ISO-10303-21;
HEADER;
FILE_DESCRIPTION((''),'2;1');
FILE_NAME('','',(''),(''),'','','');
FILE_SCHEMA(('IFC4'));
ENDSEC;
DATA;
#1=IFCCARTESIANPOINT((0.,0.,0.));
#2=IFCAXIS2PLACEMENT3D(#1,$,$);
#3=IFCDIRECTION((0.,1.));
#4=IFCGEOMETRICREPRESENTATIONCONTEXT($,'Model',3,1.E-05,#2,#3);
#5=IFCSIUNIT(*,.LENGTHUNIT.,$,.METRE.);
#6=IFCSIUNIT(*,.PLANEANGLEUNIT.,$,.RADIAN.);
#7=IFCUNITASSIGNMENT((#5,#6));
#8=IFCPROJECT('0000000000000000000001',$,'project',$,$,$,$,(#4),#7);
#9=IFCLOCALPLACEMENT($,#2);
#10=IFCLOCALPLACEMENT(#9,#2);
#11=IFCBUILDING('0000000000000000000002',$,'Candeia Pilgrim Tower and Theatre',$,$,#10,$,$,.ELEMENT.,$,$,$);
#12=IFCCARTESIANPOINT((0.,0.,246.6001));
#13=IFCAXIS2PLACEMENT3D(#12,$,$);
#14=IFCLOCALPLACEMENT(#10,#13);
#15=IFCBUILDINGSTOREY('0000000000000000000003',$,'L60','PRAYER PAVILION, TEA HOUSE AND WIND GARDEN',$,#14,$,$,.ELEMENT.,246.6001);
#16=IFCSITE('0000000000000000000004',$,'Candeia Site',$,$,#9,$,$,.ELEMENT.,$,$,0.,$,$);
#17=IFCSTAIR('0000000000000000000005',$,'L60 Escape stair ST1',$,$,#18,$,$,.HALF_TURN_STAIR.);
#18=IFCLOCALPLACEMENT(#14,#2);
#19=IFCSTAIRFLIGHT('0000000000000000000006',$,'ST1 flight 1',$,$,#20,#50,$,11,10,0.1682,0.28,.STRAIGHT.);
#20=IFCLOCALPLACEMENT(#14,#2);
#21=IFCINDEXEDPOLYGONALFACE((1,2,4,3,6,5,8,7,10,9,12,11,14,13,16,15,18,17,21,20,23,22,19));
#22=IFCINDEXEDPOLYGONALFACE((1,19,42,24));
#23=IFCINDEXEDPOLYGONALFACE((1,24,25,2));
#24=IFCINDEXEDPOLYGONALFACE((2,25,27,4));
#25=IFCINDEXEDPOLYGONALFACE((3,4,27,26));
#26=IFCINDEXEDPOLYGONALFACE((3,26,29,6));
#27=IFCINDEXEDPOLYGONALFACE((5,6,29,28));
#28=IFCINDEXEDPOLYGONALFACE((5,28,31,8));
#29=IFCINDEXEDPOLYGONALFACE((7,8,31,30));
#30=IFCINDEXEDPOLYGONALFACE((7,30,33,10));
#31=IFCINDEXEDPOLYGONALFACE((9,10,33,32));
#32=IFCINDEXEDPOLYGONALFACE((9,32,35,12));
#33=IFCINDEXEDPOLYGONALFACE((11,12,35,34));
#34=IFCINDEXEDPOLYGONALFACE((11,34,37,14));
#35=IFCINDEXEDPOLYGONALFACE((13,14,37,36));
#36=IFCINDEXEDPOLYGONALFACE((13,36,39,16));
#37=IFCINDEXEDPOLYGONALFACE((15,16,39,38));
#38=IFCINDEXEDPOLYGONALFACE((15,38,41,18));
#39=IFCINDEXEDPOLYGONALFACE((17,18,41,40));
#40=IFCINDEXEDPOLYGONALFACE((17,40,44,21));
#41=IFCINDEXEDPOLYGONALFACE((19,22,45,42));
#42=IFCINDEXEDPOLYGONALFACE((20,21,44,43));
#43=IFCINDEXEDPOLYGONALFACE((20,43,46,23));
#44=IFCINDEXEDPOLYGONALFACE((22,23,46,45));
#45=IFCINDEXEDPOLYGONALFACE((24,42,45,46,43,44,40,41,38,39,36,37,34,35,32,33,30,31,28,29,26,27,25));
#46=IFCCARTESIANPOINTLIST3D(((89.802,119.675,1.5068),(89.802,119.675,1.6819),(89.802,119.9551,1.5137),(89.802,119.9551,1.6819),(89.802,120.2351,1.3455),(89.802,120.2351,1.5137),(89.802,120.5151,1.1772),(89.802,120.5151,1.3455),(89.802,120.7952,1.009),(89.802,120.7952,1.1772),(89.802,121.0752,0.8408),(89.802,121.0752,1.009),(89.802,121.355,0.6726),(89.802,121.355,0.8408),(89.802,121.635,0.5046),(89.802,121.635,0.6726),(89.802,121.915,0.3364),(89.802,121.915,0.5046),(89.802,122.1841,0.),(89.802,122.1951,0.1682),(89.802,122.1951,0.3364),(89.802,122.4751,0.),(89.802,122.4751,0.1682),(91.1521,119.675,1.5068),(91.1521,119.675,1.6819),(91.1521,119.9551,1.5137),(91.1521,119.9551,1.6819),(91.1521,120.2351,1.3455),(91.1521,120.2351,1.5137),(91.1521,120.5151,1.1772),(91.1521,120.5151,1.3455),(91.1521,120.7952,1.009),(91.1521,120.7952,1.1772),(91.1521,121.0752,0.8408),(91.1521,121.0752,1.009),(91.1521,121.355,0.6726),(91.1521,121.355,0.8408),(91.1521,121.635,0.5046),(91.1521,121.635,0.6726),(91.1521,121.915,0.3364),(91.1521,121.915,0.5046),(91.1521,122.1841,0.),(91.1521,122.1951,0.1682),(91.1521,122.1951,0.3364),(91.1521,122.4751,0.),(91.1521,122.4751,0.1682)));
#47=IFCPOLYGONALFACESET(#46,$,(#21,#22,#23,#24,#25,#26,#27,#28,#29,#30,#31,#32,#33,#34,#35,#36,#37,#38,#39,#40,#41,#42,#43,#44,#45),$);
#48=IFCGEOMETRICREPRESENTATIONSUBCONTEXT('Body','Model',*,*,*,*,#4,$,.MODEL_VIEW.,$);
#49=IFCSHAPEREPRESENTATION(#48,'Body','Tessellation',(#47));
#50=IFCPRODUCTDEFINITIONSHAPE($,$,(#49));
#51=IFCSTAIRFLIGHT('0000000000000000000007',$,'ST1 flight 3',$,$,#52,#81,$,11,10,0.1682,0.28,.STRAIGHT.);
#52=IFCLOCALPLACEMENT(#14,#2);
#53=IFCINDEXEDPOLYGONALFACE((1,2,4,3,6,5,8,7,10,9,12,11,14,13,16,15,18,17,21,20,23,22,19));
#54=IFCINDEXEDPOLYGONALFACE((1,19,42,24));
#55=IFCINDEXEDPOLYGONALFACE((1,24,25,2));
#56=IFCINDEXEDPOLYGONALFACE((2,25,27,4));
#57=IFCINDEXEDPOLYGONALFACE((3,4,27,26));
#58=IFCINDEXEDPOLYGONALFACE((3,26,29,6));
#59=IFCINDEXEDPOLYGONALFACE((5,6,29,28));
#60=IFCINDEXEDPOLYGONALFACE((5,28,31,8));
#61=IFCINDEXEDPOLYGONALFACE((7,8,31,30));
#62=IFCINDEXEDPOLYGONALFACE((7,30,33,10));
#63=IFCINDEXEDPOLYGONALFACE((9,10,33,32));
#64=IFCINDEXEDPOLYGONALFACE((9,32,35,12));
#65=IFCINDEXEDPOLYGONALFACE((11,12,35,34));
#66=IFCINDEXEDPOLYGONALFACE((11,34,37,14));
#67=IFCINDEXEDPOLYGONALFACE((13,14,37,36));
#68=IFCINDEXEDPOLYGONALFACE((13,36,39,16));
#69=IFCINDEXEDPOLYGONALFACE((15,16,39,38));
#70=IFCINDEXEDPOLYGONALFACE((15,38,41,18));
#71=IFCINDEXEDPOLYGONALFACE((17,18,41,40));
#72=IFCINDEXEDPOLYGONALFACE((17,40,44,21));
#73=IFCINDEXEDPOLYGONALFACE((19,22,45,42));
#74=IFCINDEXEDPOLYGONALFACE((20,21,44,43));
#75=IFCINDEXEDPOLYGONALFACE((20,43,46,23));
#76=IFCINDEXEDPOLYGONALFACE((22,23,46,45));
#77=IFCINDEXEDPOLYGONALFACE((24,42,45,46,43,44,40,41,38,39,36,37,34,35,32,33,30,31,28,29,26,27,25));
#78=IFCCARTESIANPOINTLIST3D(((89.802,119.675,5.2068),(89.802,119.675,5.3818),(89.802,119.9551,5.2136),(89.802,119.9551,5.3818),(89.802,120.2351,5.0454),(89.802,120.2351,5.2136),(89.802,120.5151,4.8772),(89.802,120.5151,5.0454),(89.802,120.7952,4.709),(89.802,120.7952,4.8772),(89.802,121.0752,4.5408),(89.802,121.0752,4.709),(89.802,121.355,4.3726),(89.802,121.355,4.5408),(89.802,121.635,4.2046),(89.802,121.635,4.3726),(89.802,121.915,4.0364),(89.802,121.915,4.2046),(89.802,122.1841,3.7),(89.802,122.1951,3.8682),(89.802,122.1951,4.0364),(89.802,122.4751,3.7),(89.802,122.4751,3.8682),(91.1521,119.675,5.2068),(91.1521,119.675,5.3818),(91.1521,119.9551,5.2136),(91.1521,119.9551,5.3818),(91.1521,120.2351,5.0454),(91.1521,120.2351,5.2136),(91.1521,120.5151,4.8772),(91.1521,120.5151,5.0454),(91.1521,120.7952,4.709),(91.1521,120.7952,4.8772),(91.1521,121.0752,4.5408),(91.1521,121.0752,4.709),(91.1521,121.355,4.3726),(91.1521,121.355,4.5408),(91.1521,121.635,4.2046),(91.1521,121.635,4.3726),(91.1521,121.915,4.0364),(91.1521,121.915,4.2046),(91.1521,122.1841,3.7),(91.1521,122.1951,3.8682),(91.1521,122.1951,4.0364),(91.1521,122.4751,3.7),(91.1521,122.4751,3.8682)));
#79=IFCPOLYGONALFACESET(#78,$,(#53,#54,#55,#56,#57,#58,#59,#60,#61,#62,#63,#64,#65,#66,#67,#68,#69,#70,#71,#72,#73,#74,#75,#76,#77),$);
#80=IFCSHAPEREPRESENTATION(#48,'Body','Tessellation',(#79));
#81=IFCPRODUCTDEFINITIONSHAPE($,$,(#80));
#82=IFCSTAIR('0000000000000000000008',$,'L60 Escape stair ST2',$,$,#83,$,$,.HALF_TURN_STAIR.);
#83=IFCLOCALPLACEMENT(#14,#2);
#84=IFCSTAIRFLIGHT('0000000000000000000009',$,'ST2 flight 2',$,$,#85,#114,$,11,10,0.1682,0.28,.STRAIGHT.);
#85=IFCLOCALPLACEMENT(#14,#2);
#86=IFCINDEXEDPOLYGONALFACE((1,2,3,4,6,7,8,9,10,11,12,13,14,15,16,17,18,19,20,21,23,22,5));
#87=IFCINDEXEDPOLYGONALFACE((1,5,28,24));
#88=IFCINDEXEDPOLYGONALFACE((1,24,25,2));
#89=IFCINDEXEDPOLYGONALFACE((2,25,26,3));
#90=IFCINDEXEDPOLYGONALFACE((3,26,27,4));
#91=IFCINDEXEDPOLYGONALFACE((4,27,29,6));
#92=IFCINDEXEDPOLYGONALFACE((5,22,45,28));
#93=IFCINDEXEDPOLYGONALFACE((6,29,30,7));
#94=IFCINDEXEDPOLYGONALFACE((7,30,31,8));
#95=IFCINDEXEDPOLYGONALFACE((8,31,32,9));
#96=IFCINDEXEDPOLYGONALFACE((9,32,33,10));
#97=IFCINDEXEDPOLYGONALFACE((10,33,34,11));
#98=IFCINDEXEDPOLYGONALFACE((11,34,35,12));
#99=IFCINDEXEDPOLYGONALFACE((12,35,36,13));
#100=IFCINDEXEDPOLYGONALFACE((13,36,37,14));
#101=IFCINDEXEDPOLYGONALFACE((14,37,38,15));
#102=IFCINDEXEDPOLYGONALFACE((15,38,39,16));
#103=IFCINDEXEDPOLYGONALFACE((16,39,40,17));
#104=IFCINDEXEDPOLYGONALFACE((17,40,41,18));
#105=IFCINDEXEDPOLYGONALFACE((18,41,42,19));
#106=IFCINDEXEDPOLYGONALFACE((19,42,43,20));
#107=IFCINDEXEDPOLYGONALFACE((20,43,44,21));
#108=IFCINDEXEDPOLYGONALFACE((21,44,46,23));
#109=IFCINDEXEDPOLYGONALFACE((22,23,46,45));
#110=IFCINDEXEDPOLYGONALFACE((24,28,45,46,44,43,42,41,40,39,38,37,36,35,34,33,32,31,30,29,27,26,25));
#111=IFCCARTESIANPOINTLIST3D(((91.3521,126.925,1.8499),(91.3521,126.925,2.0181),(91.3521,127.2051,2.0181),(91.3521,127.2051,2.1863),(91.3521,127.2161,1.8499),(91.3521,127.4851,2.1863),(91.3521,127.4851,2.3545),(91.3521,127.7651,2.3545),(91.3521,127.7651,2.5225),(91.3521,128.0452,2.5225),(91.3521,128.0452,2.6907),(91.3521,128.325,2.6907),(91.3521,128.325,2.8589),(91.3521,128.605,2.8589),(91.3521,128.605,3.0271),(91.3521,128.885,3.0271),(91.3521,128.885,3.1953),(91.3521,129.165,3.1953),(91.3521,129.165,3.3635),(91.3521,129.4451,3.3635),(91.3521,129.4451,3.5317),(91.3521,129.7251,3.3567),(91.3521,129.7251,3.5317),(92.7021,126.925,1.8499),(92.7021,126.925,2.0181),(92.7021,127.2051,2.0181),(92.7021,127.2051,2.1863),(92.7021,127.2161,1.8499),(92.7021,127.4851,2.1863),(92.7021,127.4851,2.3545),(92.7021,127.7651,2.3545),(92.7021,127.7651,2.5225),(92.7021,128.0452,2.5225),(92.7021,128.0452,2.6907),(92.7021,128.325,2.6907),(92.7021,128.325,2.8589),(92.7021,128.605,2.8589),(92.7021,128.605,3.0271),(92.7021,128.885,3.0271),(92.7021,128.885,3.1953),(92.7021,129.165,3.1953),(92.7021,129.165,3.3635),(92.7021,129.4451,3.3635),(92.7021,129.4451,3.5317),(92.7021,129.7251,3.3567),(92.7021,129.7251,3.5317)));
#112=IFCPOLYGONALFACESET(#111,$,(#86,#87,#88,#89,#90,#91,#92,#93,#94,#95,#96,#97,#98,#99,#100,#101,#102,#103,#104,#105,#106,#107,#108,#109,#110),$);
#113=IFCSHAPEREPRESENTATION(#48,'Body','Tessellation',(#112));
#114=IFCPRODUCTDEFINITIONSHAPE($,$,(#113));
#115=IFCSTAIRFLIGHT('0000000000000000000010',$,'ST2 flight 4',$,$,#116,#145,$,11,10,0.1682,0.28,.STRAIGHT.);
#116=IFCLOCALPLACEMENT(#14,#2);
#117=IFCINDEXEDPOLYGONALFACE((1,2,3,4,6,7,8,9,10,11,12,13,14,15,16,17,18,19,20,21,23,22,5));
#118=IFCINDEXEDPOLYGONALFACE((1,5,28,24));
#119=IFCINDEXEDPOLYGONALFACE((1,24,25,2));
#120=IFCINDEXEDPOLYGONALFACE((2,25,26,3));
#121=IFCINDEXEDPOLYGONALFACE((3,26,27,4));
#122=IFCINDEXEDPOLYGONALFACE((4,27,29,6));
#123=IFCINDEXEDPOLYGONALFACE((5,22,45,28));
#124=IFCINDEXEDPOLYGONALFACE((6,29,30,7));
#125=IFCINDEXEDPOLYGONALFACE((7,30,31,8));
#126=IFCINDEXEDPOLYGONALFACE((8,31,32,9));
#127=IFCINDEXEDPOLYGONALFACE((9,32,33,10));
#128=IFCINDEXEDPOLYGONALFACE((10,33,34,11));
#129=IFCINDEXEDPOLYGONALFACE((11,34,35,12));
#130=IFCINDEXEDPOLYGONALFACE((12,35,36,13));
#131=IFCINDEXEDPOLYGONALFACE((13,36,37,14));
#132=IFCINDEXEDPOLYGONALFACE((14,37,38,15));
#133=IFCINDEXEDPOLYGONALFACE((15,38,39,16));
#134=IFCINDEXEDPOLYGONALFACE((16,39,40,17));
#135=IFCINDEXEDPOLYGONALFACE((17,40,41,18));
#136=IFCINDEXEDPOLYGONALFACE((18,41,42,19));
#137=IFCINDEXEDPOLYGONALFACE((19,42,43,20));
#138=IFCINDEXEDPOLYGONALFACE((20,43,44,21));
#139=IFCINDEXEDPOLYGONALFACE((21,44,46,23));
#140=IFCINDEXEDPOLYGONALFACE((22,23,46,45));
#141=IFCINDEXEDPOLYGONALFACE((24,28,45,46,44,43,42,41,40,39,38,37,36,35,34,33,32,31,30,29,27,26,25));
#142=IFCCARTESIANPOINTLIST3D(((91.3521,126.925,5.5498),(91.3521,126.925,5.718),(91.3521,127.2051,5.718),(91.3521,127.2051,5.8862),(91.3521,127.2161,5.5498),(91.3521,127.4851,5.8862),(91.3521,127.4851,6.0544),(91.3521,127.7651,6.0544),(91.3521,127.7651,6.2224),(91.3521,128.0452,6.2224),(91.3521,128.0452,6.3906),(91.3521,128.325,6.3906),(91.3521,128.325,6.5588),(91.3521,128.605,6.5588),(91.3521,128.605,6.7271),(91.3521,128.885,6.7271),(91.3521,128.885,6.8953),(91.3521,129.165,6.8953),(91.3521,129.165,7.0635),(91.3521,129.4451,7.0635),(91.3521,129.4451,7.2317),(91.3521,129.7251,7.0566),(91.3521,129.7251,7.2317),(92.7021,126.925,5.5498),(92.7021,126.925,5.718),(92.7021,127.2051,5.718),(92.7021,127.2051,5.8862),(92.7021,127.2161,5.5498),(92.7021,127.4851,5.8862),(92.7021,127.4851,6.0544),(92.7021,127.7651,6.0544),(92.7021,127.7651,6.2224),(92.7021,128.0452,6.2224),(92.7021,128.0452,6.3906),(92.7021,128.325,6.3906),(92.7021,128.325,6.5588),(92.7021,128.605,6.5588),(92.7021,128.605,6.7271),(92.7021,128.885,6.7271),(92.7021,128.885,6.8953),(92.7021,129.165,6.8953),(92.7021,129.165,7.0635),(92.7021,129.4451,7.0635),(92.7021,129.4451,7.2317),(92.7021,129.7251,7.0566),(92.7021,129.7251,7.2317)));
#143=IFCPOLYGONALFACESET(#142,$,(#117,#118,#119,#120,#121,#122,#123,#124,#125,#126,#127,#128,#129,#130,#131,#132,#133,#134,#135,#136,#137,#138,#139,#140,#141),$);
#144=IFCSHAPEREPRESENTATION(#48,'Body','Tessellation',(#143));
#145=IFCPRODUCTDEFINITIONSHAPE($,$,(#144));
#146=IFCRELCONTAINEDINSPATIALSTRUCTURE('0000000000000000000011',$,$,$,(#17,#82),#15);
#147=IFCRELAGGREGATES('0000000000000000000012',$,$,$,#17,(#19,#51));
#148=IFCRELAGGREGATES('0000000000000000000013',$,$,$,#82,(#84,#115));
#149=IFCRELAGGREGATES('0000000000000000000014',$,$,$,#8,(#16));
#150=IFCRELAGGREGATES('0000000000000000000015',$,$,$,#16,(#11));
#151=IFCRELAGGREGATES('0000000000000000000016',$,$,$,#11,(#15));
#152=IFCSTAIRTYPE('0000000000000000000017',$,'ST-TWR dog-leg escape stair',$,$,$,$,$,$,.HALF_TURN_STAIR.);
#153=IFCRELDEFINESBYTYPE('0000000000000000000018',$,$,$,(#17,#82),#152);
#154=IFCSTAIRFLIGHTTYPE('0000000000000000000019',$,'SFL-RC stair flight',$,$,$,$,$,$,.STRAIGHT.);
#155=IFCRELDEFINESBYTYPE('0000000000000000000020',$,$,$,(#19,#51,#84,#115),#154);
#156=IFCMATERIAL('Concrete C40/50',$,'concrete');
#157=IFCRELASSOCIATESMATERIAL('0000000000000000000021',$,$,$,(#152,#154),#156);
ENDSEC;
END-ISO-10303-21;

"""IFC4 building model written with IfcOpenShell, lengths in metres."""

from ifc_helpers import new_model, si_unit, direction, frame, origin, place, context, subcontext, project, spatial, polyline, outline, extrude, material, type_object, element, aggregate, save


model = new_model("IFC4")

# Units and contexts
model_context = context("Model", 3, precision=1e-05, world=origin(), true_north=direction((0.0, 1.0)))
body_context = subcontext(model_context, "Body", "Model", "MODEL_VIEW")
ifc_project = project(units=[si_unit("LENGTHUNIT", "METRE"), si_unit("PLANEANGLEUNIT", "RADIAN")], contexts=[model_context])

# Site, building, storey
site_placement = place(None, origin())
site = spatial("IfcSite", under=ifc_project, at=site_placement, Name="Candeia Site", CompositionType="ELEMENT", RefElevation=0.0)
building_placement = place(site_placement, origin())
building = spatial("IfcBuilding", under=site, at=building_placement, Name="Candeia Pilgrim Tower and Theatre", CompositionType="ELEMENT")
storey_placement = place(building_placement, frame((0.0, 0.0, 246.6001)))
storey = spatial("IfcBuildingStorey", under=building, at=storey_placement, Name="L60", Description="PRAYER PAVILION, TEA HOUSE AND WIND GARDEN", CompositionType="ELEMENT", Elevation=246.6001)

# Shared definitions
ifc_material_1 = material(Name="Concrete C40/50", Category="concrete")

# Stairs, stair flights
stair_type = type_object("IfcStairType", Name="ST-TWR dog-leg escape stair", PredefinedType="HALF_TURN_STAIR", material=ifc_material_1)
stair_1_placement = place(storey_placement, origin())
stair_1 = element("IfcStair", 1, at=stair_1_placement, inside=storey, type_object=stair_type, Name="L60 Escape stair ST1", PredefinedType="HALF_TURN_STAIR")
stair_flight_type = type_object("IfcStairFlightType", Name="SFL-RC stair flight", PredefinedType="STRAIGHT", material=ifc_material_1)
stair_flight_1_placement = place(storey_placement, frame((90.4771, 122.4751, 0.0), z_axis=(0.0, 0.0, 1.0), x_axis=(0.0, -1.0, 0.0)))
stair_flight_1 = element("IfcStairFlight", 2, at=stair_flight_1_placement, type_object=stair_flight_type, Name="ST1 flight 1", NumberOfRisers=11, NumberOfTreads=10, PredefinedType="STRAIGHT", RiserHeight=0.1682, TreadLength=0.28, context=body_context, shape_type="SweptSolid", body=[
    extrude(outline(polyline([(0.0, 0.0), (0.0, 0.1682), (0.28, 0.1682), (0.28, 0.3364), (0.5601, 0.3364), (0.5601, 0.5046), (0.8401, 0.5046), (0.8401, 0.6726), (1.1201, 0.6726), (1.1201, 0.8408), (1.3999, 0.8408), (1.3999, 1.009), (1.6799, 1.009), (1.6799, 1.1772), (1.96, 1.1772), (1.96, 1.3455), (2.24, 1.3455), (2.24, 1.5137), (2.52, 1.5137), (2.52, 1.6819), (2.8, 1.6819), (2.8, 1.8501), (2.8, 1.5068), (0.291, 0.0), (0.0, 0.0)])), frame((0.0, 0.675, 0.0), z_axis=(0.0, -1.0, 0.0), x_axis=(1.0, 0.0, 0.0)), (0.0, 0.0, 1.0), 1.3501),
])
stair_flight_2_placement = place(storey_placement, frame((90.4771, 122.4751, 3.7), z_axis=(0.0, 0.0, 1.0), x_axis=(0.0, -1.0, 0.0)))
stair_flight_2 = element("IfcStairFlight", 3, at=stair_flight_2_placement, type_object=stair_flight_type, Name="ST1 flight 3", NumberOfRisers=11, NumberOfTreads=10, PredefinedType="STRAIGHT", RiserHeight=0.1682, TreadLength=0.28, context=body_context, shape_type="SweptSolid", body=[
    extrude(outline(polyline([(0.0, 0.0), (0.0, 0.1682), (0.28, 0.1682), (0.28, 0.3364), (0.5601, 0.3364), (0.5601, 0.5046), (0.8401, 0.5046), (0.8401, 0.6726), (1.1201, 0.6726), (1.1201, 0.8408), (1.3999, 0.8408), (1.3999, 1.009), (1.6799, 1.009), (1.6799, 1.1772), (1.96, 1.1772), (1.96, 1.3455), (2.24, 1.3455), (2.24, 1.5137), (2.52, 1.5137), (2.52, 1.6819), (2.8, 1.6819), (2.8, 1.8501), (2.8, 1.5068), (0.291, 0.0), (0.0, 0.0)])), frame((0.0, 0.675, 0.0), z_axis=(0.0, -1.0, 0.0), x_axis=(1.0, 0.0, 0.0)), (0.0, 0.0, 1.0), 1.3501),
])
aggregate(stair_1, [stair_flight_1, stair_flight_2])
stair_2_placement = place(storey_placement, origin())
stair_2 = element("IfcStair", 4, at=stair_2_placement, inside=storey, type_object=stair_type, Name="L60 Escape stair ST2", PredefinedType="HALF_TURN_STAIR")
stair_flight_3_placement = place(storey_placement, frame((92.0271, 126.925, 1.8499), z_axis=(0.0, 0.0, 1.0), x_axis=(0.0, 1.0, 0.0)))
stair_flight_3 = element("IfcStairFlight", 5, at=stair_flight_3_placement, type_object=stair_flight_type, Name="ST2 flight 2", NumberOfRisers=11, NumberOfTreads=10, PredefinedType="STRAIGHT", RiserHeight=0.1682, TreadLength=0.28, context=body_context, shape_type="SweptSolid", body=[
    extrude(outline(polyline([(0.0, 0.0), (0.0, 0.1682), (0.28, 0.1682), (0.28, 0.3364), (0.5601, 0.3364), (0.5601, 0.5046), (0.8401, 0.5046), (0.8401, 0.6726), (1.1201, 0.6726), (1.1201, 0.8408), (1.3999, 0.8408), (1.3999, 1.009), (1.6799, 1.009), (1.6799, 1.1772), (1.96, 1.1772), (1.96, 1.3455), (2.24, 1.3455), (2.24, 1.5137), (2.52, 1.5137), (2.52, 1.6819), (2.8, 1.6819), (2.8, 1.8501), (2.8, 1.5068), (0.291, 0.0), (0.0, 0.0)])), frame((0.0, 0.675, 0.0), z_axis=(0.0, -1.0, 0.0), x_axis=(1.0, 0.0, 0.0)), (0.0, 0.0, 1.0), 1.3501),
])
stair_flight_4_placement = place(storey_placement, frame((92.0271, 126.925, 5.5498), z_axis=(0.0, 0.0, 1.0), x_axis=(0.0, 1.0, 0.0)))
stair_flight_4 = element("IfcStairFlight", 6, at=stair_flight_4_placement, type_object=stair_flight_type, Name="ST2 flight 4", NumberOfRisers=11, NumberOfTreads=10, PredefinedType="STRAIGHT", RiserHeight=0.1682, TreadLength=0.28, context=body_context, shape_type="SweptSolid", body=[
    extrude(outline(polyline([(0.0, 0.0), (0.0, 0.1682), (0.28, 0.1682), (0.28, 0.3364), (0.5601, 0.3364), (0.5601, 0.5046), (0.8401, 0.5046), (0.8401, 0.6726), (1.1201, 0.6726), (1.1201, 0.8408), (1.3999, 0.8408), (1.3999, 1.009), (1.6799, 1.009), (1.6799, 1.1772), (1.96, 1.1772), (1.96, 1.3455), (2.24, 1.3455), (2.24, 1.5137), (2.52, 1.5137), (2.52, 1.6819), (2.8, 1.6819), (2.8, 1.8501), (2.8, 1.5068), (0.291, 0.0), (0.0, 0.0)])), frame((0.0, 0.675, 0.0), z_axis=(0.0, -1.0, 0.0), x_axis=(1.0, 0.0, 0.0)), (0.0, 0.0, 1.0), 1.3501),
])
aggregate(stair_2, [stair_flight_3, stair_flight_4])

save(model, "model.ifc")
